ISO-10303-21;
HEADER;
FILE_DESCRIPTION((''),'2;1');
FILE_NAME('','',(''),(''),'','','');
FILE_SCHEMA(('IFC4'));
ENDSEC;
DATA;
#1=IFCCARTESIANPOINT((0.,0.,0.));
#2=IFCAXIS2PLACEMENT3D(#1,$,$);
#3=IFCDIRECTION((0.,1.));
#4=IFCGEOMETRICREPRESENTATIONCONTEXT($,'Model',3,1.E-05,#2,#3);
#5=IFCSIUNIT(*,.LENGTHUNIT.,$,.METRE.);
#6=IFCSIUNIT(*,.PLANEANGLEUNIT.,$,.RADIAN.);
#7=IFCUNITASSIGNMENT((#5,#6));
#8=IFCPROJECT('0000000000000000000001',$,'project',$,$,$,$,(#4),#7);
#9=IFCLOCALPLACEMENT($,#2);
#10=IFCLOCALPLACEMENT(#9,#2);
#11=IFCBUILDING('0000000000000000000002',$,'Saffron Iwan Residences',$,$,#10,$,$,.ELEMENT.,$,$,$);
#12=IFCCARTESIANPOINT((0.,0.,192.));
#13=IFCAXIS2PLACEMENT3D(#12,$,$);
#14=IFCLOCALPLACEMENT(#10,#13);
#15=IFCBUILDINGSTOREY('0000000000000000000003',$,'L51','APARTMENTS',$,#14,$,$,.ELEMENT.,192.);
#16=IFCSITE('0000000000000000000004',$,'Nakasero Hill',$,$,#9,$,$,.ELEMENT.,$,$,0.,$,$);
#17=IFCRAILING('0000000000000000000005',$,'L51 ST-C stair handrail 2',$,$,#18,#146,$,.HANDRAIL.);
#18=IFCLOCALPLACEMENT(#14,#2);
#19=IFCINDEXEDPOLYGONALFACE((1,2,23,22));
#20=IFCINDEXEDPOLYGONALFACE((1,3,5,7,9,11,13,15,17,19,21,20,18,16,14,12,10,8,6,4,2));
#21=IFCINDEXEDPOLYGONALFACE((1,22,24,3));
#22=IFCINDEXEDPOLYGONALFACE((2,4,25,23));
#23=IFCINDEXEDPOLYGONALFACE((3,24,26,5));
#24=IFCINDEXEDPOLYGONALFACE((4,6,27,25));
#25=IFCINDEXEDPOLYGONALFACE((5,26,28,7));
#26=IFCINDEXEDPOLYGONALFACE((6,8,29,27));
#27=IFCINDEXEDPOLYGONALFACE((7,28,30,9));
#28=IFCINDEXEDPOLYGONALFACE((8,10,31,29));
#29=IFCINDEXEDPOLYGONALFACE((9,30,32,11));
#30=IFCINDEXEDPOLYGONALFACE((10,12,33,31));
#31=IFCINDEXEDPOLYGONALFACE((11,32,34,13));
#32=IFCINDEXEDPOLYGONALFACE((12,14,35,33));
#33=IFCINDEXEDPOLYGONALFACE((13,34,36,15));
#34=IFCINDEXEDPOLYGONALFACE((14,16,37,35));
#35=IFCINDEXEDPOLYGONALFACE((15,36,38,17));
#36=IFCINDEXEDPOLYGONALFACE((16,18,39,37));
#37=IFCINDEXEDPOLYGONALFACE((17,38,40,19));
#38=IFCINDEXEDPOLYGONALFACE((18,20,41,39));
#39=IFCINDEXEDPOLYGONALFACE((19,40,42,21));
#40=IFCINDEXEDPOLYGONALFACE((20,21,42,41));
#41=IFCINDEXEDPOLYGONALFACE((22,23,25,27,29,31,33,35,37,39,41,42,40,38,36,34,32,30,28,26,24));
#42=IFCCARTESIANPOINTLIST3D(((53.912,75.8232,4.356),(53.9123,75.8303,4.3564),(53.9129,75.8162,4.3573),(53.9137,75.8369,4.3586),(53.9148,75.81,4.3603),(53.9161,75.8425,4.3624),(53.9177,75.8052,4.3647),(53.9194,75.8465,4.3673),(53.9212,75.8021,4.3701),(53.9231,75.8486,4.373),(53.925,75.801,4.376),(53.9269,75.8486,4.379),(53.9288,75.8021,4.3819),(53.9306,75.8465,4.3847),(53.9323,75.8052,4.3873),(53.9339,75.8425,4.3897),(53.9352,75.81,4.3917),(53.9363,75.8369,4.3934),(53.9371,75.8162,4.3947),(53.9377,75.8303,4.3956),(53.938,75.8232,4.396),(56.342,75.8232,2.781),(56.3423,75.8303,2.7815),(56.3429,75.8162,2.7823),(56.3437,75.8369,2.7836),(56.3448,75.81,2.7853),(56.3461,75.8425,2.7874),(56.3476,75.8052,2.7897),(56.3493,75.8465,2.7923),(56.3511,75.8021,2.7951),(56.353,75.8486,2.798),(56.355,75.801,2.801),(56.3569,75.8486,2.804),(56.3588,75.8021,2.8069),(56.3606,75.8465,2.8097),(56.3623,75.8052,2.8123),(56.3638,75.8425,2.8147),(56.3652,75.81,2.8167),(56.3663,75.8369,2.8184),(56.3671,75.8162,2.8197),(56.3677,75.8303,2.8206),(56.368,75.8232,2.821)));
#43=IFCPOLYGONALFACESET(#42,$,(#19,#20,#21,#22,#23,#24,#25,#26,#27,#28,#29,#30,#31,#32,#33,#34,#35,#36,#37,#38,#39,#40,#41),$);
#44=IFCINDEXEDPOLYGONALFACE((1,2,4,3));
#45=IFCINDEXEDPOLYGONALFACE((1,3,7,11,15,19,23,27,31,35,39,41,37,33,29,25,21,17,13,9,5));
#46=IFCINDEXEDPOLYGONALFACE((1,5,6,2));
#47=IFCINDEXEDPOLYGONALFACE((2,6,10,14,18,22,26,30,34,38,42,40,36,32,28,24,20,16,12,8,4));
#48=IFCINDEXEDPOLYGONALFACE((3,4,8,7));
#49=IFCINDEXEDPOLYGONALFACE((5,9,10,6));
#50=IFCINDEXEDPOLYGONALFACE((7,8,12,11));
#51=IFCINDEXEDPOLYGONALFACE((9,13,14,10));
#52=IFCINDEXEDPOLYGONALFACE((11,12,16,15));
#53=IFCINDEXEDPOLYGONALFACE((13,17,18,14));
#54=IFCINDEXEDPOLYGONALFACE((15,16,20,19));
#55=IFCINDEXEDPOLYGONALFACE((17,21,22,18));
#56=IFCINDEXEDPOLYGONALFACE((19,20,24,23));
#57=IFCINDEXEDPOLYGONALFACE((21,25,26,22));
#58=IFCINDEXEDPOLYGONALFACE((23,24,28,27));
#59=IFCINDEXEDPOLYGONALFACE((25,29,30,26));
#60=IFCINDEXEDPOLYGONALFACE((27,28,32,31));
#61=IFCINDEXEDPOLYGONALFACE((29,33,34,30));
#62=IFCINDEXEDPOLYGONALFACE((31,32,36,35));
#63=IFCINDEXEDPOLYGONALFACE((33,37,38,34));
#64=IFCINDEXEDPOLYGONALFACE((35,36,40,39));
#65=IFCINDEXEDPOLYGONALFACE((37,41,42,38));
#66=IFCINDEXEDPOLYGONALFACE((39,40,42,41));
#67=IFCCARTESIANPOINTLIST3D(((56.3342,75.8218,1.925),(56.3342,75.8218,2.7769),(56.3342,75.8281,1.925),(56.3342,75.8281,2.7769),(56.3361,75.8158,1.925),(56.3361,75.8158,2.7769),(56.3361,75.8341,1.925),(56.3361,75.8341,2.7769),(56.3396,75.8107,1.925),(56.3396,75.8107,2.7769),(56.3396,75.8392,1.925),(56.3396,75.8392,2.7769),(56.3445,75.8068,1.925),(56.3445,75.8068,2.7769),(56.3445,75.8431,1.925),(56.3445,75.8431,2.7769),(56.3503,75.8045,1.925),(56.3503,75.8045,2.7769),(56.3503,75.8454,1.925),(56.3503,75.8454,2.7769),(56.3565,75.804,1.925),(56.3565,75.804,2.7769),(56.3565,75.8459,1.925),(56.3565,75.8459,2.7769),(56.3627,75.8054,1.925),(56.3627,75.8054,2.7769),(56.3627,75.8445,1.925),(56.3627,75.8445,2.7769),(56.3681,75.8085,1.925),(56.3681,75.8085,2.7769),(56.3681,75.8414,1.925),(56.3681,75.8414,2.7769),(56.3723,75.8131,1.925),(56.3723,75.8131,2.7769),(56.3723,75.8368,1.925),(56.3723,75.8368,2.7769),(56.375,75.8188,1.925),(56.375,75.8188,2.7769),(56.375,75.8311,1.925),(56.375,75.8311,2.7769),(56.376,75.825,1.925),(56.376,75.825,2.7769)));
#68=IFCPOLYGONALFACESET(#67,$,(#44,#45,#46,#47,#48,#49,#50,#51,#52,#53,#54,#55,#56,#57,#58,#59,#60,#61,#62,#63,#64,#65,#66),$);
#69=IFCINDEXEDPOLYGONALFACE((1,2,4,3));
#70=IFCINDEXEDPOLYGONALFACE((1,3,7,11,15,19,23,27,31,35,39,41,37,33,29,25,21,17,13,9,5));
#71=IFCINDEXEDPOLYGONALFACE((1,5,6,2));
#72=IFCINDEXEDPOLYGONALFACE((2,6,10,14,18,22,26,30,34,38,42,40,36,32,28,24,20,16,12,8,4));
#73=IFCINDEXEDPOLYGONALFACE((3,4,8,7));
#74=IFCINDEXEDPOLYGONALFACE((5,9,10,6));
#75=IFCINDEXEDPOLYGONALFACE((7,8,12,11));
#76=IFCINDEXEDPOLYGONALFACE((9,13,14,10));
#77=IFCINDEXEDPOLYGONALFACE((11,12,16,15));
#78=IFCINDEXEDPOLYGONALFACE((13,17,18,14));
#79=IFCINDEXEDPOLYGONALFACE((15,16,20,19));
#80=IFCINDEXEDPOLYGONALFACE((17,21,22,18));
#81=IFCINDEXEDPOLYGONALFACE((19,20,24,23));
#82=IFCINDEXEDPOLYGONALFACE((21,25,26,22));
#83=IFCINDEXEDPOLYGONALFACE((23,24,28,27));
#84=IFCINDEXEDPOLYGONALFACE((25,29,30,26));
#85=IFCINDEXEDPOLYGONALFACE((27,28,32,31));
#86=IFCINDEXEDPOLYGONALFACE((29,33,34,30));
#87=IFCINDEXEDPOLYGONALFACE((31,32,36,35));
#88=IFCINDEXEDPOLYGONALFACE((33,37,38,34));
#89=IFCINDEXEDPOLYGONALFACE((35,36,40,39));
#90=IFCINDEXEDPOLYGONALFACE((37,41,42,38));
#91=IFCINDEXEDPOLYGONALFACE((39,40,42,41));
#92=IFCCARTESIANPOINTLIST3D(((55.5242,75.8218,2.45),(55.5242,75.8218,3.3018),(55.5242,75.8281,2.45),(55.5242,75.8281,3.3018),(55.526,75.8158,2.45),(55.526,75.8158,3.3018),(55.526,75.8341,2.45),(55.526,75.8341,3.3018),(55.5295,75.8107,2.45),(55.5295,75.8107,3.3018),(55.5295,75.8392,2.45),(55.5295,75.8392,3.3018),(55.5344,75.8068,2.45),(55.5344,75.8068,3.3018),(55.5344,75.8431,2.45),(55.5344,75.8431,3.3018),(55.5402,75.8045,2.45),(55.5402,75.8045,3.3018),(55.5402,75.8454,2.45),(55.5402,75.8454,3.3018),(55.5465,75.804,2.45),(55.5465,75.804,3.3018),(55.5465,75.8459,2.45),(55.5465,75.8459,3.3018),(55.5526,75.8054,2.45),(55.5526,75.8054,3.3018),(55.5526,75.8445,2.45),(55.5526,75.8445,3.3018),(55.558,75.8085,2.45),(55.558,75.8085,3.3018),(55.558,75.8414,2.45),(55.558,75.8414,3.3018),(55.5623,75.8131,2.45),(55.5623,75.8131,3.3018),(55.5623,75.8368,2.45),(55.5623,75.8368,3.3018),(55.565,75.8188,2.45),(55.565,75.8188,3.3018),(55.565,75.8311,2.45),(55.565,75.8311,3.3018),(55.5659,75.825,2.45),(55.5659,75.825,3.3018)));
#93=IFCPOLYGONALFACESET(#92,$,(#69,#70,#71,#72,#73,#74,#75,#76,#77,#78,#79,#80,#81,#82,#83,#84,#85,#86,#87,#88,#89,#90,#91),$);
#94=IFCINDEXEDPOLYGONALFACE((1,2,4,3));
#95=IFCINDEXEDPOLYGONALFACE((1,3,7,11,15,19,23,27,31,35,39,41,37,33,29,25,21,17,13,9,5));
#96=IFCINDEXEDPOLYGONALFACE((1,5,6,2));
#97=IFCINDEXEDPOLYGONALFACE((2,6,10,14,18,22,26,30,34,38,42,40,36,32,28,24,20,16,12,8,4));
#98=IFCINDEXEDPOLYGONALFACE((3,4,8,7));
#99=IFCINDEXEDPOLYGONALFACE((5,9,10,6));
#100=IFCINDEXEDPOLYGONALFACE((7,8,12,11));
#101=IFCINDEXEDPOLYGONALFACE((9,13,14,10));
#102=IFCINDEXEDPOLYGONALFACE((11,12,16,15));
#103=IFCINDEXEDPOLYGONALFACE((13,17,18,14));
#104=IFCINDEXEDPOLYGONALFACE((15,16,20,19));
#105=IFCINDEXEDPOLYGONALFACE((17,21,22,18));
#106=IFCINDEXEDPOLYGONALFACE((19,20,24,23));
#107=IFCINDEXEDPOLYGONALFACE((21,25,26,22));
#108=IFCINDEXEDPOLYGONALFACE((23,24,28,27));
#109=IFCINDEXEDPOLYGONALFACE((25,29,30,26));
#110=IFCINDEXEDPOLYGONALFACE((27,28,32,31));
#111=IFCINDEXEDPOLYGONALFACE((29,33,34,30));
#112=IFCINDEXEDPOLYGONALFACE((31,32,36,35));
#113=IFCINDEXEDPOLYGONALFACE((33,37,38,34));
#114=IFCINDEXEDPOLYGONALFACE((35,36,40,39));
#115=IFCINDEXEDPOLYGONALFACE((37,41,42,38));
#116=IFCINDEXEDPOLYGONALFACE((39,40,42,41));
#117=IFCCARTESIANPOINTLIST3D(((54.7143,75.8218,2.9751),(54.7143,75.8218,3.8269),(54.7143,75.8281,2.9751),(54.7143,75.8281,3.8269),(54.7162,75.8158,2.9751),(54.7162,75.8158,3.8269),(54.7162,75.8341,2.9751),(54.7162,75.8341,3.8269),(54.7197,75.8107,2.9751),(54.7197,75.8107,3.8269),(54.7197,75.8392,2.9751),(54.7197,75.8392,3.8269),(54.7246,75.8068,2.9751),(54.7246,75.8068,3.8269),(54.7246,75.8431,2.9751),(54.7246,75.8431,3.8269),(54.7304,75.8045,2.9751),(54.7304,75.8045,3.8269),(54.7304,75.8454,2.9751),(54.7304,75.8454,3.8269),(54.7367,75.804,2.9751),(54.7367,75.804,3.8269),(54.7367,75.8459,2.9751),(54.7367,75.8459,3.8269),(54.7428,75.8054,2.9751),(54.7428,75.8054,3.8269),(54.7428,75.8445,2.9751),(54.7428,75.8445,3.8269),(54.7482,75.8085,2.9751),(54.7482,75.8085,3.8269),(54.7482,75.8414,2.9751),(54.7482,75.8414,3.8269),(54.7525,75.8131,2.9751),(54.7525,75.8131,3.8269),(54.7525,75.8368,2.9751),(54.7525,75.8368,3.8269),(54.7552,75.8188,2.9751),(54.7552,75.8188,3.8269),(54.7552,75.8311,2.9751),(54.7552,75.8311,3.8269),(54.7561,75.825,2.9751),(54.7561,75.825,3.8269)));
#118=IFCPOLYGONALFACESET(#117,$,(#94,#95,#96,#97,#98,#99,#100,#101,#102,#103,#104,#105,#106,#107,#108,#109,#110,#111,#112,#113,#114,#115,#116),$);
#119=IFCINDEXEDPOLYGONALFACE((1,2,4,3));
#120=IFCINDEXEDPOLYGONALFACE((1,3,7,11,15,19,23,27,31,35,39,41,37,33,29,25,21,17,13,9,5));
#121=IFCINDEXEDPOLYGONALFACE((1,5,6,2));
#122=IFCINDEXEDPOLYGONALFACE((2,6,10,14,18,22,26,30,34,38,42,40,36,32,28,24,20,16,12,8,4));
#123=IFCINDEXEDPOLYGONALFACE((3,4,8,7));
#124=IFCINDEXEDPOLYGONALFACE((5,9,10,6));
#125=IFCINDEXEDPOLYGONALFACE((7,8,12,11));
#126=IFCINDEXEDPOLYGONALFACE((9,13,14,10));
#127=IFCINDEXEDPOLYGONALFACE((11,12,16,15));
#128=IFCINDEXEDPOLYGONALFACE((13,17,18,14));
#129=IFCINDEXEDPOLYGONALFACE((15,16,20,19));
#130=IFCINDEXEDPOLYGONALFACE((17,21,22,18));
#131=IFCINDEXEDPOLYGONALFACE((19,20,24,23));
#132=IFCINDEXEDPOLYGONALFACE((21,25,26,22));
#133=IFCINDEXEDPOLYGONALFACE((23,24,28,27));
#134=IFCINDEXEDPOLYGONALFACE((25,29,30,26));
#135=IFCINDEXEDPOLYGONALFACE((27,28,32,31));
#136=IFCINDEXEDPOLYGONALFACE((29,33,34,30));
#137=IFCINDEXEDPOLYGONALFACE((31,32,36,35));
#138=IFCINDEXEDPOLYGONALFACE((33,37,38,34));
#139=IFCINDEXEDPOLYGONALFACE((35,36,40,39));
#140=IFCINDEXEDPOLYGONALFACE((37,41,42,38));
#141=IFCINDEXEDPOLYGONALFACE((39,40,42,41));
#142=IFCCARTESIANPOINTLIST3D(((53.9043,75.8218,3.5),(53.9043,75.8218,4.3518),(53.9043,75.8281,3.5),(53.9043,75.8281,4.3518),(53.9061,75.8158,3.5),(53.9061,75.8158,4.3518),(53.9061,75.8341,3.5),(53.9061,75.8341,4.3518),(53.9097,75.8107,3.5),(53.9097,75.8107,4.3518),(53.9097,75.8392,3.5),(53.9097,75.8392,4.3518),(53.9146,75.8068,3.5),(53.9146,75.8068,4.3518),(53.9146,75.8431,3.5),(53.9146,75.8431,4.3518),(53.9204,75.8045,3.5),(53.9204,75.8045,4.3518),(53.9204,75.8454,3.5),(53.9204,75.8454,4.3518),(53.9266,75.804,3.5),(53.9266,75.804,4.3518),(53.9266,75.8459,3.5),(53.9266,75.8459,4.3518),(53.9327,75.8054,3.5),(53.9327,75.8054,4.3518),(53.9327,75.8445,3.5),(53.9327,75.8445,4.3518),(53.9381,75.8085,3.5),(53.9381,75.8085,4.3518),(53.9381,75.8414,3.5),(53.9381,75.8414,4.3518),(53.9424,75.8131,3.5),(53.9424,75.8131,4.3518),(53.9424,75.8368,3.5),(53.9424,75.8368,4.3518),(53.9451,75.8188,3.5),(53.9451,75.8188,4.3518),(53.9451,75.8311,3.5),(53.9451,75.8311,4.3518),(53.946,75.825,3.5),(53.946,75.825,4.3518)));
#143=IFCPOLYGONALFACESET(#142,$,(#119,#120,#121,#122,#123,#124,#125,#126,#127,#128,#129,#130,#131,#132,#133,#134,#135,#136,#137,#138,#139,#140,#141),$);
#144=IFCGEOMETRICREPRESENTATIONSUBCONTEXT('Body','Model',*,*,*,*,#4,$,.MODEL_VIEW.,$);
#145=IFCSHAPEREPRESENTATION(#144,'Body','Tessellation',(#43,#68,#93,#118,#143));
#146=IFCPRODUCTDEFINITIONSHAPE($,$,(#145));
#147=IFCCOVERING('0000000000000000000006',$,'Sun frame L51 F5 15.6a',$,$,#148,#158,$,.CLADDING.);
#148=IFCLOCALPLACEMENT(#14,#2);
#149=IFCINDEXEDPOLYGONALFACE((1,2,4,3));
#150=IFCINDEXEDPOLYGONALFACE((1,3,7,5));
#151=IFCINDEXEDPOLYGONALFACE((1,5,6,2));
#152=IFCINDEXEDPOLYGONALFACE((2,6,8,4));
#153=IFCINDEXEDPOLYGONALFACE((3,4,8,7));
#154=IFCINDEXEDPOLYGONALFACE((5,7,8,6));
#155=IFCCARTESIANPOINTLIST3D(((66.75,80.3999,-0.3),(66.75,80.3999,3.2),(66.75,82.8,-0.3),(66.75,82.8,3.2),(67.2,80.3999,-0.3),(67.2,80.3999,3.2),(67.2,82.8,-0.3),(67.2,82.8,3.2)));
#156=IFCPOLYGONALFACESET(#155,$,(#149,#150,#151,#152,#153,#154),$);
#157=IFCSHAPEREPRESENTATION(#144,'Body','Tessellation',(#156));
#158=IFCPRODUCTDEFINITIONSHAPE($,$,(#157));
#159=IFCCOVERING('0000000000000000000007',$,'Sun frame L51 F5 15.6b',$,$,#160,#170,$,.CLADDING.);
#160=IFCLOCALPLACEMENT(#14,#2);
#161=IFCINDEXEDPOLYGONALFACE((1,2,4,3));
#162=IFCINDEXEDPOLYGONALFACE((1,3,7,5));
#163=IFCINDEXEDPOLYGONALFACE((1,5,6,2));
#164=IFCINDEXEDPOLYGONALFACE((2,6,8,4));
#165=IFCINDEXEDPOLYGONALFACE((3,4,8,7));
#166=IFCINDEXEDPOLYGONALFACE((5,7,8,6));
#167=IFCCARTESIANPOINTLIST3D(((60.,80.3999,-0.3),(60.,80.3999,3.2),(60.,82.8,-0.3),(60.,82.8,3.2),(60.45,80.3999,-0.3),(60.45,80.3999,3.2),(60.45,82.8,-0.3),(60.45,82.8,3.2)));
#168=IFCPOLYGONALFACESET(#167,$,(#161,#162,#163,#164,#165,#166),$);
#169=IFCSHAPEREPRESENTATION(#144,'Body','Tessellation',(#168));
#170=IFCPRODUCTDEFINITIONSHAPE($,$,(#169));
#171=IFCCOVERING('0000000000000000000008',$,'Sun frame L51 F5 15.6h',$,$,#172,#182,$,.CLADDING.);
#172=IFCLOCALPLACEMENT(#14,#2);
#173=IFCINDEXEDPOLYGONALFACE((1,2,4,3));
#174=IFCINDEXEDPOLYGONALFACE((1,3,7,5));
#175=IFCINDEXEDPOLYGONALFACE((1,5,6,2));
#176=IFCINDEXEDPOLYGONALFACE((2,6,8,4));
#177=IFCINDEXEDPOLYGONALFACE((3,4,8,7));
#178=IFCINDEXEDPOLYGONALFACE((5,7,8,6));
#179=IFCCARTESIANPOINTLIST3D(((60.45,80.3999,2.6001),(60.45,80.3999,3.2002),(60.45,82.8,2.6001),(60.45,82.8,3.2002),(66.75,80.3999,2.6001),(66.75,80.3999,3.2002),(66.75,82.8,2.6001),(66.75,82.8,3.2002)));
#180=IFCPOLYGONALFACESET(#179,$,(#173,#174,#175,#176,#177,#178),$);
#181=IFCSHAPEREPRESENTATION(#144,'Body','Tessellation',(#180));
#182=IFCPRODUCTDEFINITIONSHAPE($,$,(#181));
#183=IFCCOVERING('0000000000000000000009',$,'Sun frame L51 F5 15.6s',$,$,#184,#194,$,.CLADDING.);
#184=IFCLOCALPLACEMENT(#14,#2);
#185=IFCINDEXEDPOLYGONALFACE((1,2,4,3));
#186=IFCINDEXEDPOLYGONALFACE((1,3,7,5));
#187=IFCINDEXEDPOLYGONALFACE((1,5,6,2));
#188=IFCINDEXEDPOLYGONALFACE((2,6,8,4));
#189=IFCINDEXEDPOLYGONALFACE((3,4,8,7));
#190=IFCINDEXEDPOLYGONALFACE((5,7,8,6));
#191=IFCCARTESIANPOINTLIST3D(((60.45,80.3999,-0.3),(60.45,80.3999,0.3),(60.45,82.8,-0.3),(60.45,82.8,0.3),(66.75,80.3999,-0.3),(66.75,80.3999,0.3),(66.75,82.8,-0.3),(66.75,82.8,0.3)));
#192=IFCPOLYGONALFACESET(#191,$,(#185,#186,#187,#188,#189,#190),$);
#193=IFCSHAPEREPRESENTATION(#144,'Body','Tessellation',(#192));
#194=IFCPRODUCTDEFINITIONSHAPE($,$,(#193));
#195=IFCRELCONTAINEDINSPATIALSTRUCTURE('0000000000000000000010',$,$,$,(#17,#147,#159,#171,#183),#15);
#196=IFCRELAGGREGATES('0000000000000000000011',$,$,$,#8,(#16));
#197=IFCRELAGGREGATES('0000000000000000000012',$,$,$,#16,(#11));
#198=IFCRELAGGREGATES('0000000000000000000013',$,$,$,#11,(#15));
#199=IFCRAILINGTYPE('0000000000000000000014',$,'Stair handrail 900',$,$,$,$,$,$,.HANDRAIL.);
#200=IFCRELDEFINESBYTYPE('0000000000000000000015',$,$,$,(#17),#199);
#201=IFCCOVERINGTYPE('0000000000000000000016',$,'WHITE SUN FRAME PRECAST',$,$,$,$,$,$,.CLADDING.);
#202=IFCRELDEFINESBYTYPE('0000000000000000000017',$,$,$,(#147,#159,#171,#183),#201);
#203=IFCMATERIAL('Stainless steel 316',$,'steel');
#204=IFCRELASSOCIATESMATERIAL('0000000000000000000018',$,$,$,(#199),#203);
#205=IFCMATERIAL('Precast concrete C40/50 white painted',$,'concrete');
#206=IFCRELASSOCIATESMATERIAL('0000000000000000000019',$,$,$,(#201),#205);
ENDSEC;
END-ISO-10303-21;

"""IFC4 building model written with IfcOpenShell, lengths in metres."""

from ifc_helpers import new_model, si_unit, direction, frame, origin, origin_2d, place, context, subcontext, project, spatial, polyline, circle, outline, extrude, material, type_object, element, save


model = new_model("IFC4")

# Units and contexts
model_context = context("Model", 3, precision=1e-05, world=origin(), true_north=direction((0.0, 1.0)))
body_context = subcontext(model_context, "Body", "Model", "MODEL_VIEW")
ifc_project = project(units=[si_unit("LENGTHUNIT", "METRE"), si_unit("PLANEANGLEUNIT", "RADIAN")], contexts=[model_context])

# Site, building, storey
site_placement = place(None, origin())
site = spatial("IfcSite", under=ifc_project, at=site_placement, Name="Nakasero Hill", CompositionType="ELEMENT", RefElevation=0.0)
building_placement = place(site_placement, origin())
building = spatial("IfcBuilding", under=site, at=building_placement, Name="Saffron Iwan Residences", CompositionType="ELEMENT")
storey_placement = place(building_placement, frame((0.0, 0.0, 192.0)))
storey = spatial("IfcBuildingStorey", under=building, at=storey_placement, Name="L51", Description="APARTMENTS", CompositionType="ELEMENT", Elevation=192.0)

# Railing
ifc_material_1 = material(Name="Stainless steel 316", Category="steel")
railing_type_1 = type_object("IfcRailingType", Name="Stair handrail 900", PredefinedType="HANDRAIL", material=ifc_material_1)
railing_1_placement = place(storey_placement, frame((56.355, 75.825, 1.925)))
element("IfcRailing", 1, at=railing_1_placement, inside=storey, type_object=railing_type_1, Name="L51 ST-C stair handrail 2", PredefinedType="HANDRAIL", context=body_context, shape_type="SweptSolid", body=[
    extrude(circle(Radius=0.0239, at=origin_2d()), frame((0.0, 0.0, 0.876), z_axis=(-0.839154, 0.0, 0.543894), x_axis=(0.0, -1.0, 0.0)), (0.0, 0.0, 1.0), 2.8958),
    extrude(circle(Radius=0.021, at=origin_2d()), origin(), (0.0, 0.0, 1.0), 0.8518),
    extrude(circle(Radius=0.021, at=origin_2d()), frame((-0.8101, 0.0, 0.5249)), (0.0, 0.0, 1.0), 0.8518),
    extrude(circle(Radius=0.021, at=origin_2d()), frame((-1.6199, 0.0, 1.05)), (0.0, 0.0, 1.0), 0.8518),
    extrude(circle(Radius=0.021, at=origin_2d()), frame((-2.4299, 0.0, 1.575)), (0.0, 0.0, 1.0), 0.8518),
])

# Coverings
ifc_material_2 = material(Name="Precast concrete C40/50 white painted", Category="concrete")
covering_type_1 = type_object("IfcCoveringType", Name="WHITE SUN FRAME PRECAST", PredefinedType="CLADDING", material=ifc_material_2)
for number, where, z_axis, x_axis, name in (
    (2, (67.2, 80.3999, -0.3), (0.0, 1.0, 0.0), (-1.0, 0.0, 0.0), "Sun frame L51 F5 15.6a"),
    (3, (60.45, 80.3999, -0.3), (0.0, 1.0, 0.0), (-1.0, 0.0, 0.0), "Sun frame L51 F5 15.6b"),
):
    element("IfcCovering", number, at=place(storey_placement, frame(where, z_axis=z_axis, x_axis=x_axis)), inside=storey, type_object=covering_type_1, Name=name, PredefinedType="CLADDING", context=body_context, shape_type="SweptSolid", body=[
        extrude(outline(polyline([(0.0, 0.0), (0.45, 0.0), (0.45, 3.5), (0.0, 3.5), (0.0, 0.0)])), origin(), (0.0, 0.0, 1.0), 2.4001),
    ])
for number, where, z_axis, x_axis, name in (
    (4, (66.75, 80.3999, 2.6001), (0.0, 1.0, 0.0), (-1.0, 0.0, 0.0), "Sun frame L51 F5 15.6h"),
    (5, (66.75, 80.3999, -0.3), (0.0, 1.0, 0.0), (-1.0, 0.0, 0.0), "Sun frame L51 F5 15.6s"),
):
    element("IfcCovering", number, at=place(storey_placement, frame(where, z_axis=z_axis, x_axis=x_axis)), inside=storey, type_object=covering_type_1, Name=name, PredefinedType="CLADDING", context=body_context, shape_type="SweptSolid", body=[
        extrude(outline(polyline([(0.0, 0.0), (6.3, 0.0), (6.3, 0.6001), (0.0, 0.6001), (0.0, 0.0)])), origin(), (0.0, 0.0, 1.0), 2.4001),
    ])

save(model, "model.ifc")
